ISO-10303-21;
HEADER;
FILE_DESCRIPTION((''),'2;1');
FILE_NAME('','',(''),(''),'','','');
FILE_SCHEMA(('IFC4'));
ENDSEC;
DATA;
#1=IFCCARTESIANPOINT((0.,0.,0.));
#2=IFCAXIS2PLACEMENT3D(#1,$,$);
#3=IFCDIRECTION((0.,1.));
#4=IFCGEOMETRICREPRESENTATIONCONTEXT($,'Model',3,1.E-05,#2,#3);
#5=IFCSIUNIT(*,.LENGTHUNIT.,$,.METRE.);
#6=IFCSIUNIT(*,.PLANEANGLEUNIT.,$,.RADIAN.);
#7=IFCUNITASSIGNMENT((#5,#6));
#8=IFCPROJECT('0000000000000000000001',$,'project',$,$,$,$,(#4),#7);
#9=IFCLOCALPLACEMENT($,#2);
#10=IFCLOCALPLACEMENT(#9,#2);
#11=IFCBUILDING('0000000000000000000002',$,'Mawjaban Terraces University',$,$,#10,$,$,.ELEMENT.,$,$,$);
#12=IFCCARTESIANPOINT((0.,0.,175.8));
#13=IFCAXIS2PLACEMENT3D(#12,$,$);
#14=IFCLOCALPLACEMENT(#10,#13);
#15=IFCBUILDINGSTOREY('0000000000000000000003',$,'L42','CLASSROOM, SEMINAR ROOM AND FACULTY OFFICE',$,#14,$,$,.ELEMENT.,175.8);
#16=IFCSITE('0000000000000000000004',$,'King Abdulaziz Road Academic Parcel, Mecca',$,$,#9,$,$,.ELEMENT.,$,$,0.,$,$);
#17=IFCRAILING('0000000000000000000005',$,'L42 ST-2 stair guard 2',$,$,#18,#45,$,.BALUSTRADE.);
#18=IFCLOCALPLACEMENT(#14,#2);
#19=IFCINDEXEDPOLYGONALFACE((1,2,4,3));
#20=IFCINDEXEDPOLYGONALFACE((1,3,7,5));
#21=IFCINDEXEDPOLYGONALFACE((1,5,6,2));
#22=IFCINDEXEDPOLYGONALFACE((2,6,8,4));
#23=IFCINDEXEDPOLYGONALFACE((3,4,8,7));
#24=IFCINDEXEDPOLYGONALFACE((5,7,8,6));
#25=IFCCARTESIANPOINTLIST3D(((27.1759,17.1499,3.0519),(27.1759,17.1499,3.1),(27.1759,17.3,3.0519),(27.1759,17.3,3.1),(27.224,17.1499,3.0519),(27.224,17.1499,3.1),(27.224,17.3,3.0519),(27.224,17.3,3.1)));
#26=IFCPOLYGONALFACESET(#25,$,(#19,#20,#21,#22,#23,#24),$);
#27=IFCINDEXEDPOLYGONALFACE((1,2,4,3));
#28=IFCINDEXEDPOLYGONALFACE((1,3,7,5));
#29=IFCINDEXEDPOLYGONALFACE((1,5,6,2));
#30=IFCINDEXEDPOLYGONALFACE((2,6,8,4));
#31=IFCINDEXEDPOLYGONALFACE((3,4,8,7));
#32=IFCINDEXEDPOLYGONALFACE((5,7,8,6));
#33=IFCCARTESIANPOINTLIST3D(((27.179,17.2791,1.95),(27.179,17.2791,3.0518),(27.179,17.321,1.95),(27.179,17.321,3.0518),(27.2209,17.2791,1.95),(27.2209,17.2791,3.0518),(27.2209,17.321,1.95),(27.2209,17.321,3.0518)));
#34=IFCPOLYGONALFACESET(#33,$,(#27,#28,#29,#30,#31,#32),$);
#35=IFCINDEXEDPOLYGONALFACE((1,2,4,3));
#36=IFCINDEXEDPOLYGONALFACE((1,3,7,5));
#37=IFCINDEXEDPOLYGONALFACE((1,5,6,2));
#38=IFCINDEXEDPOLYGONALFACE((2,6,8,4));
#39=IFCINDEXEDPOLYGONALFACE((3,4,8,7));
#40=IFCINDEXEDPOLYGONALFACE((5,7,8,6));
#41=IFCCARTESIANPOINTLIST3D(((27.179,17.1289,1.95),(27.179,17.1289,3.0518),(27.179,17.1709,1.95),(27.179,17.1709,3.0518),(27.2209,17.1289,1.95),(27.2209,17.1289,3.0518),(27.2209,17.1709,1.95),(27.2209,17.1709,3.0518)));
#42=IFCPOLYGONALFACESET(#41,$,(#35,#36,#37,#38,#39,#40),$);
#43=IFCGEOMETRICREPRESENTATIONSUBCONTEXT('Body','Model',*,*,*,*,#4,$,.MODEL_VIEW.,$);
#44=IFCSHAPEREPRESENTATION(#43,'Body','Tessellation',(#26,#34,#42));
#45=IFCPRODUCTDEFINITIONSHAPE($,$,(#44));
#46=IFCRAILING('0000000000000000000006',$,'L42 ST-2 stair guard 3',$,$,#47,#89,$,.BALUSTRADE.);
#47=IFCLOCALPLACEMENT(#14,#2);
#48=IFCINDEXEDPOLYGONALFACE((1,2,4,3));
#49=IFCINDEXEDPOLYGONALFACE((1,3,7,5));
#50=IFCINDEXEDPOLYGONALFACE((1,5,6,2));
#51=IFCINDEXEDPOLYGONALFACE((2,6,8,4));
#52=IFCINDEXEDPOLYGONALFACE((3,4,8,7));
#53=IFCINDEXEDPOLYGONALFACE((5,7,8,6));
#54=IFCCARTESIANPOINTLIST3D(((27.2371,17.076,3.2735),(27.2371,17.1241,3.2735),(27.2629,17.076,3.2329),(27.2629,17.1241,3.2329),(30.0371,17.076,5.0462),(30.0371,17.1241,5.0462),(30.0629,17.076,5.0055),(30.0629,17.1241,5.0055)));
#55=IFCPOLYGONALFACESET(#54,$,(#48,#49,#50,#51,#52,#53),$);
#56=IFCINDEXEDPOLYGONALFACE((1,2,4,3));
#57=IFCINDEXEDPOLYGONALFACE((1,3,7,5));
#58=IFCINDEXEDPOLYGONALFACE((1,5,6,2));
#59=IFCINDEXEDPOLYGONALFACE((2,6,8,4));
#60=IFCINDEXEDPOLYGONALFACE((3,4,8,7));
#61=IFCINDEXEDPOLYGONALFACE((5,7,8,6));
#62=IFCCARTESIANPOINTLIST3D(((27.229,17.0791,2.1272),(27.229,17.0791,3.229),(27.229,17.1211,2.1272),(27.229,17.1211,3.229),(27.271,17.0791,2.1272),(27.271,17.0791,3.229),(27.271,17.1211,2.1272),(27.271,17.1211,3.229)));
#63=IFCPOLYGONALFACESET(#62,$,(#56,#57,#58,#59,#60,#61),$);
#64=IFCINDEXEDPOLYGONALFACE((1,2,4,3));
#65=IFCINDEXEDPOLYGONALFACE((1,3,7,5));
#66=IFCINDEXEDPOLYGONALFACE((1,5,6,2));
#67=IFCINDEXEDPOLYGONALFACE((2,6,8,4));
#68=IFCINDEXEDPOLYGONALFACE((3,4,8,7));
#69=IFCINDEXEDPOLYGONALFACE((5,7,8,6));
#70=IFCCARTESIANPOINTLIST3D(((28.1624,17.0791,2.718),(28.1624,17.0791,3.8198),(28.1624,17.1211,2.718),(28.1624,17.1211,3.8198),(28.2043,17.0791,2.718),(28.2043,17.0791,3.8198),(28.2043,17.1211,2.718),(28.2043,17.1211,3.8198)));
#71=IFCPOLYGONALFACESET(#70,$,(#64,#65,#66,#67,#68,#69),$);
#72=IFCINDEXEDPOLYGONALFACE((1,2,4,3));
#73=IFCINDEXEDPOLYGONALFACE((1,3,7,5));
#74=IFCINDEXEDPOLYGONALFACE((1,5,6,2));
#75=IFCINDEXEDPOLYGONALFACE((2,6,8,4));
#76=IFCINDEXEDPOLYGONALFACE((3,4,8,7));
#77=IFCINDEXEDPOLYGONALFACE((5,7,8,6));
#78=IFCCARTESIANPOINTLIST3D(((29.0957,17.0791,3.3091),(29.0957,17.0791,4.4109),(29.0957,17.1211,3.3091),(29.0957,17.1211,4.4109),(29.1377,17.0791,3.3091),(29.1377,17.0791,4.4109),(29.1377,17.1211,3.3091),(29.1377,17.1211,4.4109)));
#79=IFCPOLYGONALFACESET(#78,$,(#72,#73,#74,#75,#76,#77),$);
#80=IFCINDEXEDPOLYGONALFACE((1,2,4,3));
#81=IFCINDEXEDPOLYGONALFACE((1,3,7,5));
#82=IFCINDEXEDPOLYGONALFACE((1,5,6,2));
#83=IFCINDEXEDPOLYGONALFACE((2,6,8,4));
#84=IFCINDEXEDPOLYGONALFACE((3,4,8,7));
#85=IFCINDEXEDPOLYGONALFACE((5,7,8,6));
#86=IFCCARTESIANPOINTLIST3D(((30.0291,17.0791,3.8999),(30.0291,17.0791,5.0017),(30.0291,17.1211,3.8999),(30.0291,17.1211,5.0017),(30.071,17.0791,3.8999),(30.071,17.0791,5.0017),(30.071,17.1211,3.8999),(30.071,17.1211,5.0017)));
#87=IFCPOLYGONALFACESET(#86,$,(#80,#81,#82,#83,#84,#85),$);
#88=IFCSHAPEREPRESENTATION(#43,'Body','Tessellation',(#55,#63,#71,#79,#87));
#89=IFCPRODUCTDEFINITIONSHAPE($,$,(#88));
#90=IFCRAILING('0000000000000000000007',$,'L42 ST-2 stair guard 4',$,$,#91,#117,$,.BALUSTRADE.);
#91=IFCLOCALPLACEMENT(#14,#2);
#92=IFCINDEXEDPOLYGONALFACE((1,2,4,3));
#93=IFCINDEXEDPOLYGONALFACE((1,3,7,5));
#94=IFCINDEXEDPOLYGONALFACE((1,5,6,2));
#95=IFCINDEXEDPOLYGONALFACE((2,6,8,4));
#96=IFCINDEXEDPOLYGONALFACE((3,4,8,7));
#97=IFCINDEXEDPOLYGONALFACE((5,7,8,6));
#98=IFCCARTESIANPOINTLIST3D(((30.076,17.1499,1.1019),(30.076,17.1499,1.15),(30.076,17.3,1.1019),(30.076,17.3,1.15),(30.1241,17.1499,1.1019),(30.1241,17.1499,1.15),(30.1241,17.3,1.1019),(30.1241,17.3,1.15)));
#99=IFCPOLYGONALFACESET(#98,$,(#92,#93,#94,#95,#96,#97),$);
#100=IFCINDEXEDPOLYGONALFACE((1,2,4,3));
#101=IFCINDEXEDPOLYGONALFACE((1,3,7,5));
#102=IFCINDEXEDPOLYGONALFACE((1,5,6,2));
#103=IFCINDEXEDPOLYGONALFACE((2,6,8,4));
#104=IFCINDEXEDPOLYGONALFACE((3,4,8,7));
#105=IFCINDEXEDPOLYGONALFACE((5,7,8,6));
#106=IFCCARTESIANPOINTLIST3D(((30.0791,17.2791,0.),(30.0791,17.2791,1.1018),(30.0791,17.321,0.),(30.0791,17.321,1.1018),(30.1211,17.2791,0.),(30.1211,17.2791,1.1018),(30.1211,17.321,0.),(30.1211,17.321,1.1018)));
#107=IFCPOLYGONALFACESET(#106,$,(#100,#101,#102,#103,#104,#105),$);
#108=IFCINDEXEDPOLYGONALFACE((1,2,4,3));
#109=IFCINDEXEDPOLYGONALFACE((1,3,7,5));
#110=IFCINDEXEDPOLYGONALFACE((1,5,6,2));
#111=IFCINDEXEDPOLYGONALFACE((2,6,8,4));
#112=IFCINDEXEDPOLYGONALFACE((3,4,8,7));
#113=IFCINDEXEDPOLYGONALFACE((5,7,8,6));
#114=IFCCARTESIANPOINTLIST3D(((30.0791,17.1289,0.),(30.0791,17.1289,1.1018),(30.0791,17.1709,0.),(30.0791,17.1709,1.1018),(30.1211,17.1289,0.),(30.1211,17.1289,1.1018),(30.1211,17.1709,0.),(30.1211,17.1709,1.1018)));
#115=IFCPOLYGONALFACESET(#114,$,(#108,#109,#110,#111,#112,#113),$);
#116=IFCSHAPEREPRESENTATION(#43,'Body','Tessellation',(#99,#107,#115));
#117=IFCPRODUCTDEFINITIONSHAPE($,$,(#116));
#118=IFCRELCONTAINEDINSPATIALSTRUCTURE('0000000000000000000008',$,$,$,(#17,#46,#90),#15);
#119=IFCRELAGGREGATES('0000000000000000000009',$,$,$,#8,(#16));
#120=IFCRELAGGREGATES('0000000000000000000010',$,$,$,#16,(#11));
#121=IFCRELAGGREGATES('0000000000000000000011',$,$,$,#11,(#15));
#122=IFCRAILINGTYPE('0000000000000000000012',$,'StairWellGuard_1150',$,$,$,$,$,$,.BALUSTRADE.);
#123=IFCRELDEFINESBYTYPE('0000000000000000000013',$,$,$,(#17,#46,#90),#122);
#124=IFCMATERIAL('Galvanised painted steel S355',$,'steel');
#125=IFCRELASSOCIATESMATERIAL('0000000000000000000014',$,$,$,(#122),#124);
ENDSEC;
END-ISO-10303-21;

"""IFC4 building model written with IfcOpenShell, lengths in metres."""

from ifc_helpers import new_model, si_unit, direction, frame, origin, origin_2d, place, context, subcontext, project, spatial, rectangle, extrude, material, type_object, element, save


model = new_model("IFC4")

# Units and contexts
model_context = context("Model", 3, precision=1e-05, world=origin(), true_north=direction((0.0, 1.0)))
body_context = subcontext(model_context, "Body", "Model", "MODEL_VIEW")
ifc_project = project(units=[si_unit("LENGTHUNIT", "METRE"), si_unit("PLANEANGLEUNIT", "RADIAN")], contexts=[model_context])

# Site, building, storey
site_placement = place(None, origin())
site = spatial("IfcSite", under=ifc_project, at=site_placement, Name="King Abdulaziz Road Academic Parcel, Mecca", CompositionType="ELEMENT", RefElevation=0.0)
building_placement = place(site_placement, origin())
building = spatial("IfcBuilding", under=site, at=building_placement, Name="Mawjaban Terraces University", CompositionType="ELEMENT")
storey_placement = place(building_placement, frame((0.0, 0.0, 175.8)))
storey = spatial("IfcBuildingStorey", under=building, at=storey_placement, Name="L42", Description="CLASSROOM, SEMINAR ROOM AND FACULTY OFFICE", CompositionType="ELEMENT", Elevation=175.8)

# Railings
ifc_material_1 = material(Name="Galvanised painted steel S355", Category="steel")
railing_type_1 = type_object("IfcRailingType", Name="StairWellGuard_1150", PredefinedType="BALUSTRADE", material=ifc_material_1)
railing_1_placement = place(storey_placement, frame((27.2, 17.3, 1.95)))
element("IfcRailing", 1, at=railing_1_placement, inside=storey, type_object=railing_type_1, Name="L42 ST-2 stair guard 2", PredefinedType="BALUSTRADE", context=body_context, shape_type="SweptSolid", body=[
    extrude(rectangle(XDim=0.0481, YDim=0.0481, at=origin_2d()), frame((0.0, 0.0, 1.126), z_axis=(0.0, -1.0, 0.0), x_axis=(1.0, 0.0, 0.0)), (0.0, 0.0, 1.0), 0.1501),
    extrude(rectangle(XDim=0.042, YDim=0.042, at=origin_2d()), origin(), (0.0, 0.0, 1.0), 1.1018),
    extrude(rectangle(XDim=0.042, YDim=0.042, at=origin_2d()), frame((0.0, -0.1501, 0.0)), (0.0, 0.0, 1.0), 1.1018),
])
railing_2_placement = place(storey_placement, frame((27.25, 17.1001, 2.1272)))
element("IfcRailing", 2, at=railing_2_placement, inside=storey, type_object=railing_type_1, Name="L42 ST-2 stair guard 3", PredefinedType="BALUSTRADE", context=body_context, shape_type="SweptSolid", body=[
    extrude(rectangle(XDim=0.0481, YDim=0.0481, at=origin_2d()), frame((0.0, 0.0, 1.126), z_axis=(0.844909, 0.0, 0.53491), x_axis=(0.0, 1.0, 0.0)), (0.0, 0.0, 1.0), 3.314),
    extrude(rectangle(XDim=0.042, YDim=0.042, at=origin_2d()), origin(), (0.0, 0.0, 1.0), 1.1018),
    extrude(rectangle(XDim=0.042, YDim=0.042, at=origin_2d()), frame((0.9333, 0.0, 0.5908)), (0.0, 0.0, 1.0), 1.1018),
    extrude(rectangle(XDim=0.042, YDim=0.042, at=origin_2d()), frame((1.8667, 0.0, 1.1819)), (0.0, 0.0, 1.0), 1.1018),
    extrude(rectangle(XDim=0.042, YDim=0.042, at=origin_2d()), frame((2.8, 0.0, 1.7727)), (0.0, 0.0, 1.0), 1.1018),
])
railing_3_placement = place(storey_placement, frame((30.1001, 17.3, 0.0)))
element("IfcRailing", 3, at=railing_3_placement, inside=storey, type_object=railing_type_1, Name="L42 ST-2 stair guard 4", PredefinedType="BALUSTRADE", context=body_context, shape_type="SweptSolid", body=[
    extrude(rectangle(XDim=0.0481, YDim=0.0481, at=origin_2d()), frame((0.0, 0.0, 1.126), z_axis=(0.0, -1.0, 0.0), x_axis=(1.0, 0.0, 0.0)), (0.0, 0.0, 1.0), 0.1501),
    extrude(rectangle(XDim=0.042, YDim=0.042, at=origin_2d()), origin(), (0.0, 0.0, 1.0), 1.1018),
    extrude(rectangle(XDim=0.042, YDim=0.042, at=origin_2d()), frame((0.0, -0.1501, 0.0)), (0.0, 0.0, 1.0), 1.1018),
])

save(model, "model.ifc")
